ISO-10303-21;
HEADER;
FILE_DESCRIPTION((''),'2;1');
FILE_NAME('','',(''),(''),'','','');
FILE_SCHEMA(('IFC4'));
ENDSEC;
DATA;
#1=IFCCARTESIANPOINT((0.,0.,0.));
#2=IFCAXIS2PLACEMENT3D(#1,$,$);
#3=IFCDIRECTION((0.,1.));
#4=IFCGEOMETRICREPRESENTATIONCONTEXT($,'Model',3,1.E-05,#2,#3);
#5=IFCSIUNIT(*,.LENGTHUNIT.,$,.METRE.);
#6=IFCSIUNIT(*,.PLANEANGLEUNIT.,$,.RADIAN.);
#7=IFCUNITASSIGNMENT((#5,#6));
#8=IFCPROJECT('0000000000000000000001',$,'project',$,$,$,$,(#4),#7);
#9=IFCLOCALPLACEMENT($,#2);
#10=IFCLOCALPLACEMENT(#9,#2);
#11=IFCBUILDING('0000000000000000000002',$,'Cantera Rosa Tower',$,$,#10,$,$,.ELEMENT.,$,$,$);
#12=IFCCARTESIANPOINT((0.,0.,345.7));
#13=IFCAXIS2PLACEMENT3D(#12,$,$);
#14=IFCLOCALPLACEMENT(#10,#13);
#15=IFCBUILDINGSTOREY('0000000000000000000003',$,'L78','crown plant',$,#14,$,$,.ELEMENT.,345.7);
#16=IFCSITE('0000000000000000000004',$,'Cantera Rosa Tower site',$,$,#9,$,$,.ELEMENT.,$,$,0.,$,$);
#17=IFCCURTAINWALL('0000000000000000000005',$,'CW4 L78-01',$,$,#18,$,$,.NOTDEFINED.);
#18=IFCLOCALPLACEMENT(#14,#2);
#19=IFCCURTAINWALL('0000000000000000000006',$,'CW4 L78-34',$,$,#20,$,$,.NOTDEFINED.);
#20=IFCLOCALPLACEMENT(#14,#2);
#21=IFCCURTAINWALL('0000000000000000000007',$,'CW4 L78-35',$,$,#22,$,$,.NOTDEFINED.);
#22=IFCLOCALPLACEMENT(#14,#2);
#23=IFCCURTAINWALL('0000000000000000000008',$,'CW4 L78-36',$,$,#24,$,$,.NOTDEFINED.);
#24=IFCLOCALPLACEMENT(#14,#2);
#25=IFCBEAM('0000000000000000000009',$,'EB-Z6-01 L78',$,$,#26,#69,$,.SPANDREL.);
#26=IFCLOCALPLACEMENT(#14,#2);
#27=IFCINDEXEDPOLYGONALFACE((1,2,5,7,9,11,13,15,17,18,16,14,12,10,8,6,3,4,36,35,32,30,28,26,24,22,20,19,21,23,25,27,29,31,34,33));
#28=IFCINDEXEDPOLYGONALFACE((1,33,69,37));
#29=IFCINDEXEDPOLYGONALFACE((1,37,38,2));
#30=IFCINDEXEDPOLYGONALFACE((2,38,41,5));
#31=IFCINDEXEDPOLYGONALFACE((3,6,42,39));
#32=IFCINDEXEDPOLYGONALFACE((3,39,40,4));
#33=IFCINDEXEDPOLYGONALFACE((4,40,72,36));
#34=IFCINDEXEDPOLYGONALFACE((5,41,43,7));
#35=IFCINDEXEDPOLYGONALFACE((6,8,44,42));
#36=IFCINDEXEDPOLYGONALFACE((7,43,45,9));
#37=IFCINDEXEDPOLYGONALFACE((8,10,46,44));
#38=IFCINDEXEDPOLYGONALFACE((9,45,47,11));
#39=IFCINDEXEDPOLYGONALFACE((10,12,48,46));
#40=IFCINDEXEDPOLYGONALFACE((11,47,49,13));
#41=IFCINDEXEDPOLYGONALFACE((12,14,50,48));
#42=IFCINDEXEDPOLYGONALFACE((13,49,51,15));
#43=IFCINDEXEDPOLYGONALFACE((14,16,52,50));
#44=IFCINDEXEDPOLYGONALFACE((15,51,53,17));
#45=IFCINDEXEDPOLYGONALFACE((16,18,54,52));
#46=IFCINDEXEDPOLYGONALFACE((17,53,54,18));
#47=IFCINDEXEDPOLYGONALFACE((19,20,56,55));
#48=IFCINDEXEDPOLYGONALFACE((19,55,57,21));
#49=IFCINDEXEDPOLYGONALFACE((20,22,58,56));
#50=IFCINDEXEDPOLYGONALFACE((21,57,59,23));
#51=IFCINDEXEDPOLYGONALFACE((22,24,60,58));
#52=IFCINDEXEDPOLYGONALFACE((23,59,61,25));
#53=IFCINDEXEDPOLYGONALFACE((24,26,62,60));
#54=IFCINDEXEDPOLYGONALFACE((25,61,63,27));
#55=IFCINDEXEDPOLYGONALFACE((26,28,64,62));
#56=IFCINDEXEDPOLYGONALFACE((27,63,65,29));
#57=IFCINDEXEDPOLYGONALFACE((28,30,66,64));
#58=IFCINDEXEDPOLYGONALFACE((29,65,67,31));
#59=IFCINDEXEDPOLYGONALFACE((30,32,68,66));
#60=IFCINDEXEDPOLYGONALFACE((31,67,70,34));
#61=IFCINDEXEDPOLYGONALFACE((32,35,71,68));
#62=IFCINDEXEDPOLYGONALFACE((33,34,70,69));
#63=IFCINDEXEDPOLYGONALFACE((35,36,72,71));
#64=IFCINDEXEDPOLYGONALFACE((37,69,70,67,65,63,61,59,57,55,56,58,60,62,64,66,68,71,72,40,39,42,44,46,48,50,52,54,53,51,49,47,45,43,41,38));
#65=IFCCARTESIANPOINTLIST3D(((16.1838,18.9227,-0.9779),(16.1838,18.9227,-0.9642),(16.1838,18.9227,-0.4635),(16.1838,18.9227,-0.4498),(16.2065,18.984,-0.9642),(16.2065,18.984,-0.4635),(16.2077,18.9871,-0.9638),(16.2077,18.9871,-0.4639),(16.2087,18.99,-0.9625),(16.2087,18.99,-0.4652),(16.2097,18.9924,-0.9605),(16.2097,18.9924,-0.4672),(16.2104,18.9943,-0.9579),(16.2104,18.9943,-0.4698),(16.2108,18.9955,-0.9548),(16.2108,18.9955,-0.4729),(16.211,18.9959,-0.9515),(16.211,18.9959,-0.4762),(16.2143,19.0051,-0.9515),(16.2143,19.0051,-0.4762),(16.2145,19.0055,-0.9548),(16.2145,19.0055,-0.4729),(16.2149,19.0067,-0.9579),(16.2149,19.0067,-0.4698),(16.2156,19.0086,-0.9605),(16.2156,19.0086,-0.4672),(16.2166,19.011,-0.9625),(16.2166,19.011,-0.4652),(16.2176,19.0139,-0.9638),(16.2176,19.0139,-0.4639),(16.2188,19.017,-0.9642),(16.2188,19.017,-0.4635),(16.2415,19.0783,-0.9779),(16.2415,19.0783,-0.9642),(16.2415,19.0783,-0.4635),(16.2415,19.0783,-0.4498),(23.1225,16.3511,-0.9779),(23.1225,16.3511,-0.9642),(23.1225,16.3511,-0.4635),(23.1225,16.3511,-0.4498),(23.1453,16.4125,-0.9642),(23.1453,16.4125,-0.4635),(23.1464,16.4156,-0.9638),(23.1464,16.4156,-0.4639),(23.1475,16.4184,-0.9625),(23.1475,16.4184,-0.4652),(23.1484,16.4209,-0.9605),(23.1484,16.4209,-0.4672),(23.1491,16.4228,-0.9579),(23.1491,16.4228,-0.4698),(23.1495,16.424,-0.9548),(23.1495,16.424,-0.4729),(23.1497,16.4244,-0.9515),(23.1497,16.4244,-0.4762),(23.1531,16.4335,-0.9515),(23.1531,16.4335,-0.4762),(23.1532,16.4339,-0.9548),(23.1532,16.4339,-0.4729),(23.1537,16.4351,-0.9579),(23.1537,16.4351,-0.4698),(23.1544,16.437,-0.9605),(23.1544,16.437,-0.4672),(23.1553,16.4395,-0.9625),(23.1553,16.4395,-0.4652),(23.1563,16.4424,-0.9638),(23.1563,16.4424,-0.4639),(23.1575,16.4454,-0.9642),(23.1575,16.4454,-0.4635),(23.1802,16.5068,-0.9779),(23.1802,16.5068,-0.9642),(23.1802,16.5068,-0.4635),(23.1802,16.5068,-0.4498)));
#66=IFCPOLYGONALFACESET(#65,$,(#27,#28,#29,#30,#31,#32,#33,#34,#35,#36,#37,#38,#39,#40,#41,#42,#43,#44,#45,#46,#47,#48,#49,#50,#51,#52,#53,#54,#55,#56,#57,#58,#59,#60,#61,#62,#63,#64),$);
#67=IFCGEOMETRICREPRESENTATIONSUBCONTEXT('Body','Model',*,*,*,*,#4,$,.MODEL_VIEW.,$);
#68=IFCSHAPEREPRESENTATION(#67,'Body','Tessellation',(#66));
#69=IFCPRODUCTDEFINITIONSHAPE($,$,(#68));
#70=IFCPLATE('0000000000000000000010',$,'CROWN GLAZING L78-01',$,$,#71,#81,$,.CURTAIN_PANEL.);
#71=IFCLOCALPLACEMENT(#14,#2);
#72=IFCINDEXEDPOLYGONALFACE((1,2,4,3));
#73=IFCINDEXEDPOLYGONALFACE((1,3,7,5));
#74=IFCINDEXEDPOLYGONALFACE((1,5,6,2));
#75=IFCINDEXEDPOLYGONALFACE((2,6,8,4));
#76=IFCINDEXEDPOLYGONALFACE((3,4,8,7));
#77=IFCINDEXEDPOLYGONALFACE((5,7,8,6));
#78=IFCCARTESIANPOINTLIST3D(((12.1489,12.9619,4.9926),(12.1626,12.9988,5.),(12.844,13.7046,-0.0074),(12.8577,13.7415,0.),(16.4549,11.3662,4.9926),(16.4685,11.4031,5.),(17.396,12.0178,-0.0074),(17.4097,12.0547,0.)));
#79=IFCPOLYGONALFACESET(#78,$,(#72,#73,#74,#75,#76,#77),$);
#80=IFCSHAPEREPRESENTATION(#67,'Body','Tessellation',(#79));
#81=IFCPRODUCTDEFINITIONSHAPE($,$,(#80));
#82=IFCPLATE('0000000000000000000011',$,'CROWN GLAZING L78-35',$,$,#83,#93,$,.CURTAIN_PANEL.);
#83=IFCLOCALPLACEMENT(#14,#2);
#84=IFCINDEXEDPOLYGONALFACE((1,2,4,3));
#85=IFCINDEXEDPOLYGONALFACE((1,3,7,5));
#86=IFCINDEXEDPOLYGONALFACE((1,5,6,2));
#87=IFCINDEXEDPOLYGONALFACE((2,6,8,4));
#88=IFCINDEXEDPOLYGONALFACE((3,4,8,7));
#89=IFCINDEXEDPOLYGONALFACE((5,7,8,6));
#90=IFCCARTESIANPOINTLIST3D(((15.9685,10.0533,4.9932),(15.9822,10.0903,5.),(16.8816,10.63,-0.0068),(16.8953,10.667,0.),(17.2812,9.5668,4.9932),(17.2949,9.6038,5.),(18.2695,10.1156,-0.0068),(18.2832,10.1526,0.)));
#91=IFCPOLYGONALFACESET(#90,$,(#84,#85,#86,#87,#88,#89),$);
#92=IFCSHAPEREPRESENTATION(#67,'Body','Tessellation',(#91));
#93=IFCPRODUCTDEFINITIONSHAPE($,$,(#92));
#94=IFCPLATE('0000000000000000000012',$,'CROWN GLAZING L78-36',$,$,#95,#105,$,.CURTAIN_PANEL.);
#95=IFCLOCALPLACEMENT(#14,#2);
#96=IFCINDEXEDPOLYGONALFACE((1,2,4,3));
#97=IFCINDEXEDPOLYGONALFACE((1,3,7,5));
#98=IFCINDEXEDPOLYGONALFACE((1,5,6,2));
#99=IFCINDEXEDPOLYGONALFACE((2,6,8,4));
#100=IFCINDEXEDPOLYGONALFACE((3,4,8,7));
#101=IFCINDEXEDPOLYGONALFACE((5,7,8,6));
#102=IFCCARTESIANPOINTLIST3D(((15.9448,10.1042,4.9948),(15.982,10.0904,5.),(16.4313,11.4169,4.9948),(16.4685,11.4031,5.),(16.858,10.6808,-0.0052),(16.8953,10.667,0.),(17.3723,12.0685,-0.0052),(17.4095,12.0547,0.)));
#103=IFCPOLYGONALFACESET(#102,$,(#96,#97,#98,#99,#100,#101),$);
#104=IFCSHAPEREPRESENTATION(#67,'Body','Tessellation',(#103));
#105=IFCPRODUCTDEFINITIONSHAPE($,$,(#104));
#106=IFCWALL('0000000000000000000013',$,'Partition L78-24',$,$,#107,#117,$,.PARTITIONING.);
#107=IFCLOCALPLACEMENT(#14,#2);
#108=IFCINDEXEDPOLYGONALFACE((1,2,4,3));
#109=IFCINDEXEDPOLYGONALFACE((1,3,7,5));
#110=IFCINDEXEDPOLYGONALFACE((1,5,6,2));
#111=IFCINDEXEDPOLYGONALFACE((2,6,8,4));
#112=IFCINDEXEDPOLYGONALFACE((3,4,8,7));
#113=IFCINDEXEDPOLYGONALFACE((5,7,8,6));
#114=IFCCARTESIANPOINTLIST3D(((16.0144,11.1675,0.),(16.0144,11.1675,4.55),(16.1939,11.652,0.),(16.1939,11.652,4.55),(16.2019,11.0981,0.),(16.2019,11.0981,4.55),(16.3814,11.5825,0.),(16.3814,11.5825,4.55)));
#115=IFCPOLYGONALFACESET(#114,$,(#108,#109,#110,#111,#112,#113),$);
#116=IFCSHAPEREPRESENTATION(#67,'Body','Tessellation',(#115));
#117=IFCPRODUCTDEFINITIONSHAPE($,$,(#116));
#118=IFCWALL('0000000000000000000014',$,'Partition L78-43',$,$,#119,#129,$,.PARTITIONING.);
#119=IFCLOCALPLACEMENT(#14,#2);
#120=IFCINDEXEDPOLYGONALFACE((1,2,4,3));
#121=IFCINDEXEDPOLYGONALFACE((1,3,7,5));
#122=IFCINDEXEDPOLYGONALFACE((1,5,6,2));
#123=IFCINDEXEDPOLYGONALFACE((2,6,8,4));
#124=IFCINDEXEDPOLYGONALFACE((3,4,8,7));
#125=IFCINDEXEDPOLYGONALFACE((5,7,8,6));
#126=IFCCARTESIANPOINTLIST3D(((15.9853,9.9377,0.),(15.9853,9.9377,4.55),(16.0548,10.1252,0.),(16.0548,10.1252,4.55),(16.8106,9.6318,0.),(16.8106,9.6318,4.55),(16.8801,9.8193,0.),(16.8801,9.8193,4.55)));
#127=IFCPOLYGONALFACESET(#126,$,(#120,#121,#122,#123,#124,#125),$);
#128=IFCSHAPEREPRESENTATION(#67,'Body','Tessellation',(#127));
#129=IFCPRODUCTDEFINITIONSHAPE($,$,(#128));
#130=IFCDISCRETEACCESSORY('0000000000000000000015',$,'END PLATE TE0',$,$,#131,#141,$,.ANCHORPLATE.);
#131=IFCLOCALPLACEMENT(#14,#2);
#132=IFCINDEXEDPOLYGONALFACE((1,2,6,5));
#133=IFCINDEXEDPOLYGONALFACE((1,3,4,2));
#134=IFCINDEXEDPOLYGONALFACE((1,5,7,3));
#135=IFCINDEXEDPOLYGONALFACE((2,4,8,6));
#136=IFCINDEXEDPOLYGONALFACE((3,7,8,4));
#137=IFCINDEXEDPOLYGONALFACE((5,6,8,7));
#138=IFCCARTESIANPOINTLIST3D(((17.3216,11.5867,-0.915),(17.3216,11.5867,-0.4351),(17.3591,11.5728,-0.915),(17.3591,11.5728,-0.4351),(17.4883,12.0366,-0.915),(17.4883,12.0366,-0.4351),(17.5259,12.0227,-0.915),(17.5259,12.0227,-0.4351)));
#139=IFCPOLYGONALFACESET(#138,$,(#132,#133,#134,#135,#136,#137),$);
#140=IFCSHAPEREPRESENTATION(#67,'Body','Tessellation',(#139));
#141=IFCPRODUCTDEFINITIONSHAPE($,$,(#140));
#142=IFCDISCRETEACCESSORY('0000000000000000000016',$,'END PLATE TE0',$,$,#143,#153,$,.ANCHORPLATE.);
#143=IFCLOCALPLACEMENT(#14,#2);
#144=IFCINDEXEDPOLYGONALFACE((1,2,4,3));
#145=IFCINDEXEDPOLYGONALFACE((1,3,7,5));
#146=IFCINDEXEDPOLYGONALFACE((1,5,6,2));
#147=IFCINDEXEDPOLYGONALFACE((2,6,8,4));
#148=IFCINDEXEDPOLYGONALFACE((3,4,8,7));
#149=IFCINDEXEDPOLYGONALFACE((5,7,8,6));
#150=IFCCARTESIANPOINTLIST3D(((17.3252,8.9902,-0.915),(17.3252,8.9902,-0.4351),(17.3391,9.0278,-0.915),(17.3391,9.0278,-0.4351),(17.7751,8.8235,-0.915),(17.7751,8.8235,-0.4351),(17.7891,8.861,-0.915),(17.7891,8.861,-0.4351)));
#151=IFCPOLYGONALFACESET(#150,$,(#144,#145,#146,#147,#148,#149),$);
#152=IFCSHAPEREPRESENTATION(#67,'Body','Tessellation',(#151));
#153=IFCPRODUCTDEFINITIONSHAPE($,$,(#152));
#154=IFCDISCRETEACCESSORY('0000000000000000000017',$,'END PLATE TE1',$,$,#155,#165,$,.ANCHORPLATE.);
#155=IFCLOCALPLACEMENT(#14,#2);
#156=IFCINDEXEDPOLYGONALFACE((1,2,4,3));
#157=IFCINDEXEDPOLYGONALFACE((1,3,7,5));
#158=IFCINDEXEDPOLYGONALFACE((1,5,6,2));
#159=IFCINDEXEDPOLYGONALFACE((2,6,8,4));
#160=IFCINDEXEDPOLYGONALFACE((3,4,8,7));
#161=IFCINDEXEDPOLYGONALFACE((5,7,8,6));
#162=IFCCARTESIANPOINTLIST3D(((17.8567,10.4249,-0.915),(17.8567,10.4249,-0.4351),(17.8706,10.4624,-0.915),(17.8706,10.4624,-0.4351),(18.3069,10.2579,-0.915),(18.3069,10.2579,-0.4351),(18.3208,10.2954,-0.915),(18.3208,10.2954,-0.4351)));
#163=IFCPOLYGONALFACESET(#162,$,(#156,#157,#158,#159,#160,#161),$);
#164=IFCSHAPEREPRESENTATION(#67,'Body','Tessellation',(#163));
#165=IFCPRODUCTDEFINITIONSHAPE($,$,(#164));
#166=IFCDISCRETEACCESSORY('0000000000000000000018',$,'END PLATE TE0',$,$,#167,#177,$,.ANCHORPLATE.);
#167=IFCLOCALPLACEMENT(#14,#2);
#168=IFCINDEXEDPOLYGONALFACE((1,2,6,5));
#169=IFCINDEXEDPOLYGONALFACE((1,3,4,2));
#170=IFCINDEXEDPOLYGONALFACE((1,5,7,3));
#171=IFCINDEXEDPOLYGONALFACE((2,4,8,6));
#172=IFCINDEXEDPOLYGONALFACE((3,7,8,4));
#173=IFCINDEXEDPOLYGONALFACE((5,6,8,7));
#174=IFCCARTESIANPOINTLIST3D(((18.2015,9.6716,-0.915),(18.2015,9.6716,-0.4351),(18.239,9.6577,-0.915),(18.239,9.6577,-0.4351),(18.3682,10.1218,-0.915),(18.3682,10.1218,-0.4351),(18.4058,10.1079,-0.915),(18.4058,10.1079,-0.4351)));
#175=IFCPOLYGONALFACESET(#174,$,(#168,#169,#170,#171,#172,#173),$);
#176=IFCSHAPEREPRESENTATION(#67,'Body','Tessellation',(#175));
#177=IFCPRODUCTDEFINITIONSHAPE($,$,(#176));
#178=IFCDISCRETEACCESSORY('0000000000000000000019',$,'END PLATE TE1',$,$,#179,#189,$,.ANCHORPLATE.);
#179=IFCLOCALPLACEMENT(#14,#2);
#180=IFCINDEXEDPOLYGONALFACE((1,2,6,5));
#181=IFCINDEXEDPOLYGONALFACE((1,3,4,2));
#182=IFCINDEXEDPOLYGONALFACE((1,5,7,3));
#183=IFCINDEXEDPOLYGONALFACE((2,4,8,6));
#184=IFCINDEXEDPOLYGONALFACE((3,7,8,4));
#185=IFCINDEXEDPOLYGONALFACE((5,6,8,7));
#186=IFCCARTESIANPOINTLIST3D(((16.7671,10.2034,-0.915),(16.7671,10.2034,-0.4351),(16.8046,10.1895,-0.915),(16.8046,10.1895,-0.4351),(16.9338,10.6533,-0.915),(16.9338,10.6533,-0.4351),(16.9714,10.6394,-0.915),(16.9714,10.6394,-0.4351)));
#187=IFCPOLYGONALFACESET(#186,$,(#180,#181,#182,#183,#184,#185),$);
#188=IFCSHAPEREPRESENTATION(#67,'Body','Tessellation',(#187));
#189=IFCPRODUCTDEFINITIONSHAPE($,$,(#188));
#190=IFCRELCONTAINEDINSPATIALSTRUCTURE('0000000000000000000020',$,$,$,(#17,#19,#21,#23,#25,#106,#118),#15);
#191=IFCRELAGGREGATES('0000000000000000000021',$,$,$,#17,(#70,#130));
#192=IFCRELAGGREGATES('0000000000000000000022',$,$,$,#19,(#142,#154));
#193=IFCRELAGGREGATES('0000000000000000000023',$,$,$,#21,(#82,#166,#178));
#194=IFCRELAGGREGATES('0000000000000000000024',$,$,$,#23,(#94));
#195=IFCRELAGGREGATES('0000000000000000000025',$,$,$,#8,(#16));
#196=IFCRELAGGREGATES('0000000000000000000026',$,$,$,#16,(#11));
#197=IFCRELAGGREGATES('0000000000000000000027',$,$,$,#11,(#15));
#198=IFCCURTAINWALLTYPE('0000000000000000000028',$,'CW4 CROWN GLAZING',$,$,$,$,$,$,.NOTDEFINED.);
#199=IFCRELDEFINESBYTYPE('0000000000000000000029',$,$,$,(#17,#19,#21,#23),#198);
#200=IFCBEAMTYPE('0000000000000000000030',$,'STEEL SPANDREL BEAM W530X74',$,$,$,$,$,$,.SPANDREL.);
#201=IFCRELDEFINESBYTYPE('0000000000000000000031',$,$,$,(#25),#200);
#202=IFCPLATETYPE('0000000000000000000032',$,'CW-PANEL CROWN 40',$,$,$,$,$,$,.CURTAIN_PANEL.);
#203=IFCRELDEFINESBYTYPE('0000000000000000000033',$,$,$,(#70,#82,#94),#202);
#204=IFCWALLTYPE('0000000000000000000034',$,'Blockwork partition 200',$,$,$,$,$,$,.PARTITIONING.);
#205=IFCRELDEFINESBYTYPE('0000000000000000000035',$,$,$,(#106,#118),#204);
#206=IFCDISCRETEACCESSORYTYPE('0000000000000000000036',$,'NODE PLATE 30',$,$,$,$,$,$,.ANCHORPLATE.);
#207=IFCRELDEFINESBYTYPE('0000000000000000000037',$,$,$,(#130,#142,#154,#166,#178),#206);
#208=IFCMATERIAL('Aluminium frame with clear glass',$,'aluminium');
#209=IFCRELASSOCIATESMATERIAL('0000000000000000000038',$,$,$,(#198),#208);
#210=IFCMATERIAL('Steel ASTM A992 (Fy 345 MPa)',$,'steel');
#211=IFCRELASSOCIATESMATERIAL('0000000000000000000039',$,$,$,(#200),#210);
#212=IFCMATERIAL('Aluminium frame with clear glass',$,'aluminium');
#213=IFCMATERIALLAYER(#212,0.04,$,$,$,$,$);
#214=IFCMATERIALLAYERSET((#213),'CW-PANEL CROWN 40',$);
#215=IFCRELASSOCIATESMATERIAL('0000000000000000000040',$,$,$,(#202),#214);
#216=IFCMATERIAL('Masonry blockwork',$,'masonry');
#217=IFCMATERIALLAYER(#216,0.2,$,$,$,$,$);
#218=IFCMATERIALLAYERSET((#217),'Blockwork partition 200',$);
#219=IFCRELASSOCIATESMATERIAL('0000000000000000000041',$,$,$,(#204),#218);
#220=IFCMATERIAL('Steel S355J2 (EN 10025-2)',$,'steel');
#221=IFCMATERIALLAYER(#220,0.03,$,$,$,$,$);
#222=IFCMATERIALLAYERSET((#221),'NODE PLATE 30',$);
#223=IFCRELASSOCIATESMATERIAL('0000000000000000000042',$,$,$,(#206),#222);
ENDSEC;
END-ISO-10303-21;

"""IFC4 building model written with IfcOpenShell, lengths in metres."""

from ifc_helpers import new_model, si_unit, direction, frame, frame_2d, origin, origin_2d, place, context, subcontext, project, spatial, polyline, rectangle, i_section, outline, extrude, material, layer, layer_set, material_profile, profile_set, type_object, element, aggregate, save


model = new_model("IFC4")

# Units and contexts
model_context = context("Model", 3, precision=1e-05, world=origin(), true_north=direction((0.0, 1.0)))
body_context = subcontext(model_context, "Body", "Model", "MODEL_VIEW")
ifc_project = project(units=[si_unit("LENGTHUNIT", "METRE"), si_unit("PLANEANGLEUNIT", "RADIAN")], contexts=[model_context])

# Site, building, storey
site_placement = place(None, origin())
site = spatial("IfcSite", under=ifc_project, at=site_placement, Name="Cantera Rosa Tower site", CompositionType="ELEMENT", RefElevation=0.0)
building_placement = place(site_placement, origin())
building = spatial("IfcBuilding", under=site, at=building_placement, Name="Cantera Rosa Tower", CompositionType="ELEMENT")
storey_placement = place(building_placement, frame((0.0, 0.0, 345.7)))
storey = spatial("IfcBuildingStorey", under=building, at=storey_placement, Name="L78", Description="crown plant", CompositionType="ELEMENT", Elevation=345.7)

# Curtain walls
ifc_material_1 = material(Name="Aluminium frame with clear glass", Category="aluminium")
curtain_wall_type = type_object("IfcCurtainWallType", Name="CW4 CROWN GLAZING", PredefinedType="NOTDEFINED", material=ifc_material_1)
curtain_wall_1_placement = place(storey_placement, origin())
curtain_wall_1 = element("IfcCurtainWall", 1, at=curtain_wall_1_placement, inside=storey, type_object=curtain_wall_type, Name="CW4 L78-01", PredefinedType="NOTDEFINED")
curtain_wall_2_placement = place(storey_placement, origin())
curtain_wall_2 = element("IfcCurtainWall", 2, at=curtain_wall_2_placement, inside=storey, type_object=curtain_wall_type, Name="CW4 L78-34", PredefinedType="NOTDEFINED")
curtain_wall_3_placement = place(storey_placement, origin())
curtain_wall_3 = element("IfcCurtainWall", 3, at=curtain_wall_3_placement, inside=storey, type_object=curtain_wall_type, Name="CW4 L78-35", PredefinedType="NOTDEFINED")
curtain_wall_4_placement = place(storey_placement, origin())
curtain_wall_4 = element("IfcCurtainWall", 4, at=curtain_wall_4_placement, inside=storey, type_object=curtain_wall_type, Name="CW4 L78-36", PredefinedType="NOTDEFINED")

# Beam
ifc_material_2 = material(Name="Steel ASTM A992 (Fy 345 MPa)", Category="steel")
ifc_material_profile_1 = material_profile(ifc_material_2, i_section(OverallWidth=0.166, OverallDepth=0.5281, WebThickness=0.0098, FlangeThickness=0.0137, FilletRadius=0.0127, at=origin_2d()), Name="W530X74")
ifc_profile_set_1 = profile_set([ifc_material_profile_1], Name="Steel ASTM A992 (Fy 345 MPa)")
beam_type_1 = type_object("IfcBeamType", Name="STEEL SPANDREL BEAM W530X74", PredefinedType="SPANDREL", material=ifc_profile_set_1)
beam_1_placement = place(storey_placement, frame((23.1514, 16.429, -0.7139), z_axis=(-0.937677, 0.347509, 0.0), x_axis=(-0.347509, -0.937677, 0.0)))
element("IfcBeam", 5, at=beam_1_placement, inside=storey, type_object=beam_type_1, Name="EB-Z6-01 L78", PredefinedType="SPANDREL", context=body_context, shape_type="SweptSolid", body=[
    extrude(i_section(OverallWidth=0.166, OverallDepth=0.5281, WebThickness=0.0098, FlangeThickness=0.0137, FilletRadius=0.0127, at=origin_2d()), origin(), (0.0, 0.0, 1.0), 7.3999),
])

# Plates
ifc_material_3 = material(Name="Aluminium frame with clear glass", Category="aluminium")
ifc_layer_1 = layer(ifc_material_3, 0.04)
ifc_layer_set_1 = layer_set([ifc_layer_1], Name="CW-PANEL CROWN 40")
plate_type = type_object("IfcPlateType", Name="CW-PANEL CROWN 40", PredefinedType="CURTAIN_PANEL", material=ifc_layer_set_1)
plate_1_placement = place(storey_placement, frame((17.4097, 12.0547, 0.0), z_axis=(0.341521, 0.921611, 0.18438), x_axis=(-0.937688, 0.347478, 0.000002)))
plate_1 = element("IfcPlate", 6, at=plate_1_placement, type_object=plate_type, Name="CROWN GLAZING L78-01", PredefinedType="CURTAIN_PANEL", context=body_context, shape_type="SweptSolid", body=[
    extrude(outline(polyline([(0.0, 0.0), (4.8545, 0.0), (5.2482, 5.0872), (0.6561, 5.0872), (0.0, 0.0)])), origin(), (0.0, 0.0, -1.0), 0.04),
])
plate_2_placement = place(storey_placement, frame((18.2832, 10.1526, 0.0), z_axis=(0.342528, 0.924157, 0.16914), x_axis=(-0.937667, 0.347535, 0.000002)))
plate_2 = element("IfcPlate", 7, at=plate_2_placement, type_object=plate_type, Name="CROWN GLAZING L78-35", PredefinedType="CURTAIN_PANEL", context=body_context, shape_type="SweptSolid", body=[
    extrude(outline(polyline([(0.0, 0.0), (1.4802, 0.0), (2.136, 5.0731), (0.736, 5.0731), (0.0, 0.0)])), origin(), (0.0, 0.0, -1.0), 0.04),
])
plate_3_placement = place(storey_placement, frame((16.8953, 10.667, 0.0), z_axis=(0.929718, -0.344536, 0.130074), x_axis=(0.34749, 0.937684, -0.000012)))
plate_3 = element("IfcPlate", 8, at=plate_3_placement, type_object=plate_type, Name="CROWN GLAZING L78-36", PredefinedType="CURTAIN_PANEL", context=body_context, shape_type="SweptSolid", body=[
    extrude(outline(polyline([(0.0, 0.0), (1.48, 0.0), (0.5419, 5.0428), (-0.8581, 5.0428), (0.0, 0.0)])), origin(), (0.0, 0.0, -1.0), 0.04),
])

# Walls
ifc_material_4 = material(Name="Masonry blockwork", Category="masonry")
ifc_layer_2 = layer(ifc_material_4, 0.2)
ifc_layer_set_2 = layer_set([ifc_layer_2], Name="Blockwork partition 200")
wall_type = type_object("IfcWallType", Name="Blockwork partition 200", PredefinedType="PARTITIONING", material=ifc_layer_set_2)
wall_1_placement = place(storey_placement, frame((16.1082, 11.1328, 0.0), z_axis=(0.0, 0.0, 1.0), x_axis=(0.347391, 0.93772, 0.0)))
element("IfcWall", 9, at=wall_1_placement, inside=storey, type_object=wall_type, Name="Partition L78-24", PredefinedType="PARTITIONING", context=body_context, shape_type="SweptSolid", body=[
    extrude(rectangle(XDim=0.5166, YDim=0.2, at=frame_2d((0.2583, 0.0))), origin(), (0.0, 0.0, 1.0), 4.55),
])
wall_2_placement = place(storey_placement, frame((16.8452, 9.7256, 0.0), z_axis=(0.0, 0.0, 1.0), x_axis=(-0.937645, 0.347594, 0.0)))
element("IfcWall", 10, at=wall_2_placement, inside=storey, type_object=wall_type, Name="Partition L78-43", PredefinedType="PARTITIONING", context=body_context, shape_type="SweptSolid", body=[
    extrude(rectangle(XDim=0.8801, YDim=0.2, at=frame_2d((0.4399, 0.0))), origin(), (0.0, 0.0, 1.0), 4.55),
])

# Discrete accessories
ifc_material_5 = material(Name="Steel S355J2 (EN 10025-2)", Category="steel")
ifc_layer_3 = layer(ifc_material_5, 0.03)
ifc_layer_set_3 = layer_set([ifc_layer_3], Name="NODE PLATE 30")
discrete_accessory_type = type_object("IfcDiscreteAccessoryType", Name="NODE PLATE 30", PredefinedType="ANCHORPLATE", material=ifc_layer_set_3)
discrete_accessory_1_placement = place(storey_placement, frame((17.5259, 12.0227, -0.4351), z_axis=(0.937681, -0.347497, 0.0), x_axis=(-0.347497, -0.937681, 0.0)))
discrete_accessory_1 = element("IfcDiscreteAccessory", 11, at=discrete_accessory_1_placement, type_object=discrete_accessory_type, Name="END PLATE TE0", PredefinedType="ANCHORPLATE", context=body_context, shape_type="SweptSolid", body=[
    extrude(outline(polyline([(0.0, 0.0), (0.4799, 0.0), (0.4799, 0.48), (0.0, 0.48), (0.0, 0.0)])), origin(), (0.0, 0.0, -1.0), 0.04),
])
aggregate(curtain_wall_1, [plate_1, discrete_accessory_1])
discrete_accessory_2_placement = place(storey_placement, frame((17.7751, 8.8235, -0.4351), z_axis=(-0.347497, -0.937681, 0.0), x_axis=(-0.937681, 0.347497, 0.0)))
discrete_accessory_2 = element("IfcDiscreteAccessory", 12, at=discrete_accessory_2_placement, type_object=discrete_accessory_type, Name="END PLATE TE0", PredefinedType="ANCHORPLATE", context=body_context, shape_type="SweptSolid", body=[
    extrude(outline(polyline([(0.0, 0.0), (0.4799, 0.0), (0.4799, 0.48), (0.0, 0.48), (0.0, 0.0)])), origin(), (0.0, 0.0, -1.0), 0.04),
])
discrete_accessory_3_placement = place(storey_placement, frame((17.8706, 10.4624, -0.4351), z_axis=(0.347778, 0.937577, 0.0), x_axis=(0.937577, -0.347778, 0.0)))
discrete_accessory_3 = element("IfcDiscreteAccessory", 13, at=discrete_accessory_3_placement, type_object=discrete_accessory_type, Name="END PLATE TE1", PredefinedType="ANCHORPLATE", context=body_context, shape_type="SweptSolid", body=[
    extrude(outline(polyline([(0.0, 0.0), (0.4802, 0.0), (0.4802, 0.48), (0.0, 0.48), (0.0, 0.0)])), origin(), (0.0, 0.0, -1.0), 0.04),
])
aggregate(curtain_wall_2, [discrete_accessory_2, discrete_accessory_3])
discrete_accessory_4_placement = place(storey_placement, frame((18.4058, 10.1079, -0.4351), z_axis=(0.937743, -0.347331, 0.0), x_axis=(-0.347331, -0.937743, 0.0)))
discrete_accessory_4 = element("IfcDiscreteAccessory", 14, at=discrete_accessory_4_placement, type_object=discrete_accessory_type, Name="END PLATE TE0", PredefinedType="ANCHORPLATE", context=body_context, shape_type="SweptSolid", body=[
    extrude(outline(polyline([(0.0, 0.0), (0.4801, 0.0), (0.4801, 0.48), (0.0, 0.48), (0.0, 0.0)])), origin(), (0.0, 0.0, -1.0), 0.04),
])
discrete_accessory_5_placement = place(storey_placement, frame((16.7671, 10.2034, -0.4351), z_axis=(-0.937681, 0.347497, 0.0), x_axis=(0.347497, 0.937681, 0.0)))
discrete_accessory_5 = element("IfcDiscreteAccessory", 15, at=discrete_accessory_5_placement, type_object=discrete_accessory_type, Name="END PLATE TE1", PredefinedType="ANCHORPLATE", context=body_context, shape_type="SweptSolid", body=[
    extrude(outline(polyline([(0.0, 0.0), (0.4799, 0.0), (0.4799, 0.48), (0.0, 0.48), (0.0, 0.0)])), origin(), (0.0, 0.0, -1.0), 0.04),
])
aggregate(curtain_wall_3, [plate_2, discrete_accessory_4, discrete_accessory_5])
aggregate(curtain_wall_4, [plate_3])

save(model, "model.ifc")
